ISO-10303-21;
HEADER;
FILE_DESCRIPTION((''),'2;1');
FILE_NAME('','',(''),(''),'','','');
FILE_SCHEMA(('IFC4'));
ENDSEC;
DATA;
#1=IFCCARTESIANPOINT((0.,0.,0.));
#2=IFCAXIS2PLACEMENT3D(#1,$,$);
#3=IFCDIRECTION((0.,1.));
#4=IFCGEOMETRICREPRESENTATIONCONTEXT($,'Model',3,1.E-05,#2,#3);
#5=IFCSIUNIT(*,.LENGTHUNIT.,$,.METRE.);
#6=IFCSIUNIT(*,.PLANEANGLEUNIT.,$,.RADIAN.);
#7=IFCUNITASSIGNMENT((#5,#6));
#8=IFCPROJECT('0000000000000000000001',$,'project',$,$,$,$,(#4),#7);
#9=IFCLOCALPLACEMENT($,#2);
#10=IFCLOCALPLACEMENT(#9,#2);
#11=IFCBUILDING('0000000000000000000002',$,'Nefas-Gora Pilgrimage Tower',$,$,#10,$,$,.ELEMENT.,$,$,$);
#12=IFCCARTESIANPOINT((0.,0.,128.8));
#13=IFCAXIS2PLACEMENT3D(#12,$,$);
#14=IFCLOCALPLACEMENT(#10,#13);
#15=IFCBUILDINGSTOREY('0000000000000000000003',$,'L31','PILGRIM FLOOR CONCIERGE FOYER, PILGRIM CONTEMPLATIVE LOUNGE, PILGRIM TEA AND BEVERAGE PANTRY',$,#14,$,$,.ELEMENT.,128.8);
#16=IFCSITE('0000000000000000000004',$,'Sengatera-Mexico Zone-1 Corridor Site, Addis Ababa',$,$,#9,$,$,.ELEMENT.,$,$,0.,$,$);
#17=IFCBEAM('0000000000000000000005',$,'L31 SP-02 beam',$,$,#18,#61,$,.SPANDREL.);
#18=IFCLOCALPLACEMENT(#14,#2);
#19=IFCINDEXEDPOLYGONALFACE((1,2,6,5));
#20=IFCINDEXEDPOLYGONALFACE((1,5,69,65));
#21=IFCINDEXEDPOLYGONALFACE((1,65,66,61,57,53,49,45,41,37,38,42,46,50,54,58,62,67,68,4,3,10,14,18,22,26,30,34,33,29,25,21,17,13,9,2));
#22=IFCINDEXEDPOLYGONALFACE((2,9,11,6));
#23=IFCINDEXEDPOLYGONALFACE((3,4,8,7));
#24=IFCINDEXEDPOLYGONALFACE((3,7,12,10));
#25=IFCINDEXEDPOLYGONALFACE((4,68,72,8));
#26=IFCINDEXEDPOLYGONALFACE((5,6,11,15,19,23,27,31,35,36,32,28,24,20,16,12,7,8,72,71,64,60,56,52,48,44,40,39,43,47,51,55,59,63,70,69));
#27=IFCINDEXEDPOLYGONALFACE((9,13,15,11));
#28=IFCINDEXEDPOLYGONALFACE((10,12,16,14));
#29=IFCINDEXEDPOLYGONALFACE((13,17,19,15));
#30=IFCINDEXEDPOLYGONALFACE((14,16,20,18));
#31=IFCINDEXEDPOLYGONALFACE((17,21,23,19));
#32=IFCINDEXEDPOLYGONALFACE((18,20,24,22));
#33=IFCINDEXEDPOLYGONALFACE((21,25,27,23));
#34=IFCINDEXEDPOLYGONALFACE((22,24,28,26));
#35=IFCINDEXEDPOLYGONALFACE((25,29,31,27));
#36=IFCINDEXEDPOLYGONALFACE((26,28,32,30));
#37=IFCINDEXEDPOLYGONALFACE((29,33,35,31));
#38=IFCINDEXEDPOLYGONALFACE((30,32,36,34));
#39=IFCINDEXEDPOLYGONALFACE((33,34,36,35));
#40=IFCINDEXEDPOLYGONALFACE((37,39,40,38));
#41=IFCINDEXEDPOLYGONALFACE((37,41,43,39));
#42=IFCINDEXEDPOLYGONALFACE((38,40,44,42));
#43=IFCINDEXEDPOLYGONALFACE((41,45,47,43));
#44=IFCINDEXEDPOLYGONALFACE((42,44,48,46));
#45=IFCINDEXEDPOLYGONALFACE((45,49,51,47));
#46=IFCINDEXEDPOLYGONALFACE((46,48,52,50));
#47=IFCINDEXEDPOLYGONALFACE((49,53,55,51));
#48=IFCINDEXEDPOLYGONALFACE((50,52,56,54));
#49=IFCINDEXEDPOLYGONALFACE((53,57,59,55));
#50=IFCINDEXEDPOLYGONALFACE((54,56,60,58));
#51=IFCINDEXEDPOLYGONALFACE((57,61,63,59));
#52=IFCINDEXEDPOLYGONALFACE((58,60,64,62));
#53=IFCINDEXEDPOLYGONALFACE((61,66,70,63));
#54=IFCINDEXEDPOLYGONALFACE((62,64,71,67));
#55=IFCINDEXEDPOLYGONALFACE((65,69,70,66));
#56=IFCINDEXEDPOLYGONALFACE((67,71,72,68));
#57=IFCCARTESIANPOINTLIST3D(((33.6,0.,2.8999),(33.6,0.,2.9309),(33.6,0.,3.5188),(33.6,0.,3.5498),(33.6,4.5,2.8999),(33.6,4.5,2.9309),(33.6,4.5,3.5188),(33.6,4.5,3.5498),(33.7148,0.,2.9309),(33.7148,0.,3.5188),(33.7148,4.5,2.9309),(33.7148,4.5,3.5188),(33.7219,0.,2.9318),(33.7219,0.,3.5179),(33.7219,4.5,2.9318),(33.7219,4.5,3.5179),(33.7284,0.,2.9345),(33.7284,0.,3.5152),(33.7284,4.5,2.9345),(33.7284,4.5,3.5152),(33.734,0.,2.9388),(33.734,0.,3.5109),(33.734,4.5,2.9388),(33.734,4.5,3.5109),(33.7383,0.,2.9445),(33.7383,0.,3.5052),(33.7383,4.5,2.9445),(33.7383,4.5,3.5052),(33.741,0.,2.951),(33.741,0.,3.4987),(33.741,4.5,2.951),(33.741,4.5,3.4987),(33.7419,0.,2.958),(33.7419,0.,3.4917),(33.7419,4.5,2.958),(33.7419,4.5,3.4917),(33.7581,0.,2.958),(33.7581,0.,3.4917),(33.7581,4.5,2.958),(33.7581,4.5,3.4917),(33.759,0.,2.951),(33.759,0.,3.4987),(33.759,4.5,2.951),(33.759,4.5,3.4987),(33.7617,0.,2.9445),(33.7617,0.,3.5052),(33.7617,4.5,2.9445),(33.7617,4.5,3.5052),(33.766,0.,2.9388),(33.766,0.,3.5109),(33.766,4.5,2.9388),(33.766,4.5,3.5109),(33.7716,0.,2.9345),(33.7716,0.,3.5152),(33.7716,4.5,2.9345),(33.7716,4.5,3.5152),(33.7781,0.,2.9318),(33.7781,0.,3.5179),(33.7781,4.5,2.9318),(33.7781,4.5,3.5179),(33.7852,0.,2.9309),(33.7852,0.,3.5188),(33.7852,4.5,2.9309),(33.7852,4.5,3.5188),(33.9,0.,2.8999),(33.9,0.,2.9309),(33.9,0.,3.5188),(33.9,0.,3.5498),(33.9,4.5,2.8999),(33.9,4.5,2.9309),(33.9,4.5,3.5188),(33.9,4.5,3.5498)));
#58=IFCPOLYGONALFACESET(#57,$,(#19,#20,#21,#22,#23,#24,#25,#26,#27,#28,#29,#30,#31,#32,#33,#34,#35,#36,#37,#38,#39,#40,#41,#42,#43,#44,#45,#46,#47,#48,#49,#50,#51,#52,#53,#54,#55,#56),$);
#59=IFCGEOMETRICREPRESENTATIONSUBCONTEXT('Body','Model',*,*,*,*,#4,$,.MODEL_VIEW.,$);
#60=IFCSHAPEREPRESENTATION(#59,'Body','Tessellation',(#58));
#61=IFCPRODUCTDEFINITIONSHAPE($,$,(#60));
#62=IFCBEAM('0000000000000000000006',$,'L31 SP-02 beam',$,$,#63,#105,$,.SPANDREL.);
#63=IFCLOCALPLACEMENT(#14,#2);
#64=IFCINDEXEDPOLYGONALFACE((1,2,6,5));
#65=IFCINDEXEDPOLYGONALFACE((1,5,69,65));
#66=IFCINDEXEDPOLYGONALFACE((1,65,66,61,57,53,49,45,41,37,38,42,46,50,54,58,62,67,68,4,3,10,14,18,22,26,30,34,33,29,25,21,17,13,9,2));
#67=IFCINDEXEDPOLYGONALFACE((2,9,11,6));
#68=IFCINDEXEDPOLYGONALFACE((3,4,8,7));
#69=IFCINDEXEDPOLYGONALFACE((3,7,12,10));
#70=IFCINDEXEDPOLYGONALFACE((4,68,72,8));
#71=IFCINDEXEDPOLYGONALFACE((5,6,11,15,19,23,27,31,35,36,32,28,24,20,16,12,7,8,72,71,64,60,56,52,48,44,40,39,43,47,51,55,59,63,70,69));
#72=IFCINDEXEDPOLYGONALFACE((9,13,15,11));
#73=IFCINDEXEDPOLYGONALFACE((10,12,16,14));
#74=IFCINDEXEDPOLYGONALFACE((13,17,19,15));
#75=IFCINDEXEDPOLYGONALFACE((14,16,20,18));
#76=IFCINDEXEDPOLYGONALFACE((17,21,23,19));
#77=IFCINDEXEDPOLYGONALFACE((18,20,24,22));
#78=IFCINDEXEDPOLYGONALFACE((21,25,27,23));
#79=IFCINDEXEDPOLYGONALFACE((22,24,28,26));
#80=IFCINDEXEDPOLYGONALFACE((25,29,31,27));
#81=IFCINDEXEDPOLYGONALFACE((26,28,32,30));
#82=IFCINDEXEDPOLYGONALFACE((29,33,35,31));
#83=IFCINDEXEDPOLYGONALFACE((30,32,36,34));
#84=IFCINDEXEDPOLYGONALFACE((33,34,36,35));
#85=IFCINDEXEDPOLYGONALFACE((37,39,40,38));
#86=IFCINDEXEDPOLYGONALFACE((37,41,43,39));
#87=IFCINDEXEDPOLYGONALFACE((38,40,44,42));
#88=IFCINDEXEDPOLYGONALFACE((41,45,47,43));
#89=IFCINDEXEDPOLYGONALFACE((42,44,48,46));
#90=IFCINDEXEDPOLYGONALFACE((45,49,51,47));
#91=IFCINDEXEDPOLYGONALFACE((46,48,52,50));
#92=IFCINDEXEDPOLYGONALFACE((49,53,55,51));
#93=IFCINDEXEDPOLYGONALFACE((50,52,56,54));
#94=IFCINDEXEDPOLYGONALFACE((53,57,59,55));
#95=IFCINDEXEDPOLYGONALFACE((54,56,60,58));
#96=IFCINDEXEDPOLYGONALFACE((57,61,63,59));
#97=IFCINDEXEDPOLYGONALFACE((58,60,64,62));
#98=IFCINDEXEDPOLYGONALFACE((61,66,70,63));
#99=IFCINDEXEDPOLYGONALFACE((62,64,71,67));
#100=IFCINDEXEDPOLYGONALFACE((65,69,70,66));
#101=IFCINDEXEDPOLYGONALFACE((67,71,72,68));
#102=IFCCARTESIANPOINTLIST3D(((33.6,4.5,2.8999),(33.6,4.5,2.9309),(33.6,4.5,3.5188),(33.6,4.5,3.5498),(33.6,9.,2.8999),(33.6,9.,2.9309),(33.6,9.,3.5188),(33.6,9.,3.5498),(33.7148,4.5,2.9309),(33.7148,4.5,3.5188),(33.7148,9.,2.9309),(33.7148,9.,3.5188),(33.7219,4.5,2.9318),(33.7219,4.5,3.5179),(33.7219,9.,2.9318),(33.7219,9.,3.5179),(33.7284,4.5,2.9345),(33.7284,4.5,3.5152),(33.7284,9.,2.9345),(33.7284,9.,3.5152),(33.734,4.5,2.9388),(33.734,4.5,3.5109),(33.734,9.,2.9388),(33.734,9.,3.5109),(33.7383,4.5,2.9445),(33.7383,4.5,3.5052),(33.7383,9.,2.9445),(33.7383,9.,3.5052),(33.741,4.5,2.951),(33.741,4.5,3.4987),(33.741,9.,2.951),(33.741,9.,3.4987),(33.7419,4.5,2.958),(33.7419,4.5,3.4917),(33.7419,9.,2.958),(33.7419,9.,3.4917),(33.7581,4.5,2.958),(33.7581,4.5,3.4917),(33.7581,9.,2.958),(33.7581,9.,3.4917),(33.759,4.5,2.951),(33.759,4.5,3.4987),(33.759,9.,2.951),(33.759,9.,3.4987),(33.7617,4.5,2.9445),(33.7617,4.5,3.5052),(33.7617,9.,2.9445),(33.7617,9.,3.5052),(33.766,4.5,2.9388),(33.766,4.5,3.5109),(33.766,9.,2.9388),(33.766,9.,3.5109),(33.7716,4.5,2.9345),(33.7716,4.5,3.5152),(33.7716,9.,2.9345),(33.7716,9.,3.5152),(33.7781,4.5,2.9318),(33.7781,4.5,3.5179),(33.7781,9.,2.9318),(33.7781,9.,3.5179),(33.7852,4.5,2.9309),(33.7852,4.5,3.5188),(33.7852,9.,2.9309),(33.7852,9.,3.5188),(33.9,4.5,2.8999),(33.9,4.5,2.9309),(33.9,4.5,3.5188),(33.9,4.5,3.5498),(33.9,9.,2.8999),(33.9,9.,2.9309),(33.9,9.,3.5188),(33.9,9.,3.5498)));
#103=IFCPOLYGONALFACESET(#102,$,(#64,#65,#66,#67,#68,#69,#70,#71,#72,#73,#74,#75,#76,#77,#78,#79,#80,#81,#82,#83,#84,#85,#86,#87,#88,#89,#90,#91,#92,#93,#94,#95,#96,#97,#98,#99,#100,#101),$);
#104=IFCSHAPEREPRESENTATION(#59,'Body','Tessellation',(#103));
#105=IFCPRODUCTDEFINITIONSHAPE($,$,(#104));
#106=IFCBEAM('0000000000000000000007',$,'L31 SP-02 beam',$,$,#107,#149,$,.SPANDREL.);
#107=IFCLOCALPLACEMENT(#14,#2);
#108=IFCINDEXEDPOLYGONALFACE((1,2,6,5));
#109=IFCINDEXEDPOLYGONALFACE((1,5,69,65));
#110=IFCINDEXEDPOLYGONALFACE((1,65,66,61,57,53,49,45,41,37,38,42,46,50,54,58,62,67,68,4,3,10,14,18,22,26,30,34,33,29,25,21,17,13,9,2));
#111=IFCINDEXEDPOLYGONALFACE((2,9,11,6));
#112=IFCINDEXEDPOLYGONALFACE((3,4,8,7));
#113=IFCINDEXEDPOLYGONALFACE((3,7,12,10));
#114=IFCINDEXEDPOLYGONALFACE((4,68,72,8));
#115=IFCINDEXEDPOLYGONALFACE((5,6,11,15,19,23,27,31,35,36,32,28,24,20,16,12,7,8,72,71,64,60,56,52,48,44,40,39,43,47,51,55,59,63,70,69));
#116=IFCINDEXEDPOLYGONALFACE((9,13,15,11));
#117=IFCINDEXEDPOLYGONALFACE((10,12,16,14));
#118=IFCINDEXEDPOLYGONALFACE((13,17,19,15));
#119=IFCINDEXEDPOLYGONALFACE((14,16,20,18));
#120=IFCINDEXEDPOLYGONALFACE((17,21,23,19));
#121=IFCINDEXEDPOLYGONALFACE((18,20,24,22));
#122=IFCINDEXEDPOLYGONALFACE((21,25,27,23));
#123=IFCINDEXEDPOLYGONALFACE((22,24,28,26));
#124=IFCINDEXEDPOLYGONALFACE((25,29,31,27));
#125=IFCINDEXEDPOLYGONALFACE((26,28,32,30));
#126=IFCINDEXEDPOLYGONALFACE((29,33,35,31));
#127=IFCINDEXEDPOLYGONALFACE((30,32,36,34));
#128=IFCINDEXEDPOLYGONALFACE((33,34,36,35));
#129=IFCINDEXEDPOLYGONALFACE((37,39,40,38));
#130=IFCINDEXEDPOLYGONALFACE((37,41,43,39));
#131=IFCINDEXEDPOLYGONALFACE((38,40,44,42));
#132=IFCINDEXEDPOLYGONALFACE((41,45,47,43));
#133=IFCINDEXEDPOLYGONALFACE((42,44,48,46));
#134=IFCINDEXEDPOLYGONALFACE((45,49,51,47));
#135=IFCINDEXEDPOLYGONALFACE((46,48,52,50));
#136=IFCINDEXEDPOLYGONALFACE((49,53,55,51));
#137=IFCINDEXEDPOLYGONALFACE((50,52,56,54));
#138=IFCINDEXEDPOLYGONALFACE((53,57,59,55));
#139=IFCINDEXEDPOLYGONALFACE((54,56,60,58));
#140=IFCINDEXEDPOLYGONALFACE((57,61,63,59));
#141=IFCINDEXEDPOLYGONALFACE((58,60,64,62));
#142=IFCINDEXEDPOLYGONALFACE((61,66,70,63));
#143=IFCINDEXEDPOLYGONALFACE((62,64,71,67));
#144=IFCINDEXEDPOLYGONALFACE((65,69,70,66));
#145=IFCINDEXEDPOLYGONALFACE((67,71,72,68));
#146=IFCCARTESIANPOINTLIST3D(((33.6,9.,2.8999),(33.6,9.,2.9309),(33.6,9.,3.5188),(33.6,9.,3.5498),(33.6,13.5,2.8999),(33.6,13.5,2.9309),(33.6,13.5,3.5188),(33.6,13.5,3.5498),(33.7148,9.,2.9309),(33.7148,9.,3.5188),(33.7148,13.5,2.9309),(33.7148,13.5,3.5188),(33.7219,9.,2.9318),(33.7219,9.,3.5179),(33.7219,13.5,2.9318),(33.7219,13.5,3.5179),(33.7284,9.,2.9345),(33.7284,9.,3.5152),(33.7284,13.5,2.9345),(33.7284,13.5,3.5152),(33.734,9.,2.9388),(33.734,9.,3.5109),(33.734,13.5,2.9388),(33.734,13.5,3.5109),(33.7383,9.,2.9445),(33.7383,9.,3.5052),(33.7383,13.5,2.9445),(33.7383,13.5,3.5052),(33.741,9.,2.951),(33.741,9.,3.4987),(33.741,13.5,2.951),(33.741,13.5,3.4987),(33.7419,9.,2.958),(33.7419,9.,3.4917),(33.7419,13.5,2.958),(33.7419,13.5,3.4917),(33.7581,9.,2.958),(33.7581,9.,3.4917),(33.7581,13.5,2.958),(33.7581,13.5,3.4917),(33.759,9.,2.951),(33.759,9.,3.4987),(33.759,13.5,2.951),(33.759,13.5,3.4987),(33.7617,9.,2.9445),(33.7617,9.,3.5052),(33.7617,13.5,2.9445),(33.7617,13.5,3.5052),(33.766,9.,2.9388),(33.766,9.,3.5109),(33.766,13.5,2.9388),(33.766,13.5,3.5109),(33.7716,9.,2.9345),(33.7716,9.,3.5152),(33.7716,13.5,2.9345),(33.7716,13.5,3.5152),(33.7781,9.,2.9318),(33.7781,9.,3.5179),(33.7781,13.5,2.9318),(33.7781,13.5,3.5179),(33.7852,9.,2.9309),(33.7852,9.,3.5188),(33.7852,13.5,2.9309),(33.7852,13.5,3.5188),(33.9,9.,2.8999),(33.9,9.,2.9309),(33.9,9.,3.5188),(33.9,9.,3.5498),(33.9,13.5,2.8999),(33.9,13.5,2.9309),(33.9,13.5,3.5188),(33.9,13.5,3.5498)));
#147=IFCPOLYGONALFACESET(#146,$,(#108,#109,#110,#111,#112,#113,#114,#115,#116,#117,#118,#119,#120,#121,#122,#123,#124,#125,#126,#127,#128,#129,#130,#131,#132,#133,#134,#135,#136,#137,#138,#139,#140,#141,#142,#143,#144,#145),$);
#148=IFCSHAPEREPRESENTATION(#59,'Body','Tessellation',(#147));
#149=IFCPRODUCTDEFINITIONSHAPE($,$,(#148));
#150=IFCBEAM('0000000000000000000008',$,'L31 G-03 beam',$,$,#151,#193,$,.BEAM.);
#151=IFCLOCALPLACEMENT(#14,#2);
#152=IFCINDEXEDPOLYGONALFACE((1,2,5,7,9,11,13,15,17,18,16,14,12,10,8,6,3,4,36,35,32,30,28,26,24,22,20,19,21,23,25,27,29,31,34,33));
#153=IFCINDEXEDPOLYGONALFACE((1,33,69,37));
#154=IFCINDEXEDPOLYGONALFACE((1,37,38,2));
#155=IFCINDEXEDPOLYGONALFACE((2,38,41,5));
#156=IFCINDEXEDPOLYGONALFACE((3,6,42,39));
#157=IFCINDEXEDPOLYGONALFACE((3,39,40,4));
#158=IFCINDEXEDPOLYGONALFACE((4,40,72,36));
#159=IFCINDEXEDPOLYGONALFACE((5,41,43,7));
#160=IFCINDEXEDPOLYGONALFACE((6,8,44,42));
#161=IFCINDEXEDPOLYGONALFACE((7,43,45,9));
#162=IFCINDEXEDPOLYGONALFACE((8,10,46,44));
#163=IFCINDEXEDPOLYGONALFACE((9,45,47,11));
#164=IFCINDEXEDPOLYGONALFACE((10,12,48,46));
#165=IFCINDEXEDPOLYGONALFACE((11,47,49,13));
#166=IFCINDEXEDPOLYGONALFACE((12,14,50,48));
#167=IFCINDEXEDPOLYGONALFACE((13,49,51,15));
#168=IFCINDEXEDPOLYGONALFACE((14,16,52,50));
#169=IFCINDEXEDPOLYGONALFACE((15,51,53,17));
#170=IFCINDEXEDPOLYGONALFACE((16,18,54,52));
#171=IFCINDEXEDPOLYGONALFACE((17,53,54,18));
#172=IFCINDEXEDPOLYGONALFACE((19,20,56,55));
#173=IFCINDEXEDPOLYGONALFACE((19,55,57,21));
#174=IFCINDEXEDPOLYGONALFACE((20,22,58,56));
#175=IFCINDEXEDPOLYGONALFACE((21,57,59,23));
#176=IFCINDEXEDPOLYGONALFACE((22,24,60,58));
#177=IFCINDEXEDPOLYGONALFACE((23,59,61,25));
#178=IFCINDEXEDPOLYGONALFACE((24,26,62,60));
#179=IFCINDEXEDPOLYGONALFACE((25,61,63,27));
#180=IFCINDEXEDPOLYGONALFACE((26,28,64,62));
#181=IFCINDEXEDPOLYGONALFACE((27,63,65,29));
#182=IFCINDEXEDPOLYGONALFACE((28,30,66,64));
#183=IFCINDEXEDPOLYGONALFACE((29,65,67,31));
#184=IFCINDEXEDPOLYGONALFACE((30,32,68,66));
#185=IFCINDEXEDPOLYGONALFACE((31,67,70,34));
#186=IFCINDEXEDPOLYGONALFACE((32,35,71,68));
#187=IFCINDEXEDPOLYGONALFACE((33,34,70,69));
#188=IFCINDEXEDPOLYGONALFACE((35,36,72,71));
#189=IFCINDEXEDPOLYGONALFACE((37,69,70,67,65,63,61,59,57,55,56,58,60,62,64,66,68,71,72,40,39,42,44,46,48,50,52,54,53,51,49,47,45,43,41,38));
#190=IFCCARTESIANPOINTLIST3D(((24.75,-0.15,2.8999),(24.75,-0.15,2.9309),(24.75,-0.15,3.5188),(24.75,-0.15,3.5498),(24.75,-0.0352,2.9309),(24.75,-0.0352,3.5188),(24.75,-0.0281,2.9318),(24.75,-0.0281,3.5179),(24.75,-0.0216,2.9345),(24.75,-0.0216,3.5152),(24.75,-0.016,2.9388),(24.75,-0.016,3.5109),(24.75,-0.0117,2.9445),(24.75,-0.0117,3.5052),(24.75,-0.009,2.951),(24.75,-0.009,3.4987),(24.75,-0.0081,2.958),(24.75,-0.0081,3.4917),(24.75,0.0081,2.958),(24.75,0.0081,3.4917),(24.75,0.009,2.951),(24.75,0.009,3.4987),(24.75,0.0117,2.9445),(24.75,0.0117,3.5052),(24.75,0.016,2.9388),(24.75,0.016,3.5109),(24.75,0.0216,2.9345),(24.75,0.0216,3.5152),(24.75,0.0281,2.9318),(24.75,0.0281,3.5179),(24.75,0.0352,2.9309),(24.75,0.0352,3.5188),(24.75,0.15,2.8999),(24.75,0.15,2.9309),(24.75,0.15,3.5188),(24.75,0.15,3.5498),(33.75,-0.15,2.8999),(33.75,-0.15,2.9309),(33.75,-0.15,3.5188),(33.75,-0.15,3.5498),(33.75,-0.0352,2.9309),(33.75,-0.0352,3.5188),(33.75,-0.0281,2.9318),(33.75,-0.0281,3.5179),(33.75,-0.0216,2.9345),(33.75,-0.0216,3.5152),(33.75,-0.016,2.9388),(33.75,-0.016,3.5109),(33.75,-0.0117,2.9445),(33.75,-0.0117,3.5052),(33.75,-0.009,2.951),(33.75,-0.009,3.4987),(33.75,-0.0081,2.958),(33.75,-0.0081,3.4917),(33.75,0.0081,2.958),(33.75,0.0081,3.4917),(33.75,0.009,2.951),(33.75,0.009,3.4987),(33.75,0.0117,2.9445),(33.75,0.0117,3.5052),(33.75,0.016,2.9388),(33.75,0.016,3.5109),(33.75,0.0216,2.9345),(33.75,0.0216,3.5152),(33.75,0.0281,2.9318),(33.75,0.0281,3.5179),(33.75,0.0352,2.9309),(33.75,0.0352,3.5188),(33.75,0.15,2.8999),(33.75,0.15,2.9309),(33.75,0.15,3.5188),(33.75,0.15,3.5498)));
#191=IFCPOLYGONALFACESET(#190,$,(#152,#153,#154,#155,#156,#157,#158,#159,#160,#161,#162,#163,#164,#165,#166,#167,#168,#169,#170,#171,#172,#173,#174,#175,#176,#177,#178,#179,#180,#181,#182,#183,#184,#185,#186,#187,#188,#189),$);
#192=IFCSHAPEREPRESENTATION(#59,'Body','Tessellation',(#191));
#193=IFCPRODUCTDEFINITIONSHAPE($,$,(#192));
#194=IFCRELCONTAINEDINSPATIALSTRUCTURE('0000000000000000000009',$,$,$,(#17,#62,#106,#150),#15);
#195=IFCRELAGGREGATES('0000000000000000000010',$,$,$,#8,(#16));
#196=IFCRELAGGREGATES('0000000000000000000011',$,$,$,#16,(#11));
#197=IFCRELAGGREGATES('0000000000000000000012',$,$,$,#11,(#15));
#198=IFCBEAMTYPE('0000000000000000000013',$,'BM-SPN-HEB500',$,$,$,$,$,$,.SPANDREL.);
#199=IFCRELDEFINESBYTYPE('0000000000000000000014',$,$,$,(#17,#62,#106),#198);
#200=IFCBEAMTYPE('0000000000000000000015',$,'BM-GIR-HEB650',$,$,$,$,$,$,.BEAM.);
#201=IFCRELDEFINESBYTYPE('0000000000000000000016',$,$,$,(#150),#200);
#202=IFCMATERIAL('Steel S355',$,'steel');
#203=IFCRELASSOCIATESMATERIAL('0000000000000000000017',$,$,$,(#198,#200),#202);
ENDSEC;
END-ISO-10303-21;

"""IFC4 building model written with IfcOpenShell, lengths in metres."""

from ifc_helpers import new_model, si_unit, direction, frame, origin, origin_2d, place, context, subcontext, project, spatial, i_section, extrude, source, transform, mapped, material, material_profile, profile_set, type_object, element, save


model = new_model("IFC4")

# Units and contexts
model_context = context("Model", 3, precision=1e-05, world=origin(), true_north=direction((0.0, 1.0)))
body_context = subcontext(model_context, "Body", "Model", "MODEL_VIEW")
ifc_project = project(units=[si_unit("LENGTHUNIT", "METRE"), si_unit("PLANEANGLEUNIT", "RADIAN")], contexts=[model_context])

# Site, building, storey
site_placement = place(None, origin())
site = spatial("IfcSite", under=ifc_project, at=site_placement, Name="Sengatera-Mexico Zone-1 Corridor Site, Addis Ababa", CompositionType="ELEMENT", RefElevation=0.0)
building_placement = place(site_placement, origin())
building = spatial("IfcBuilding", under=site, at=building_placement, Name="Nefas-Gora Pilgrimage Tower", CompositionType="ELEMENT")
storey_placement = place(building_placement, frame((0.0, 0.0, 128.8)))
storey = spatial("IfcBuildingStorey", under=building, at=storey_placement, Name="L31", Description="PILGRIM FLOOR CONCIERGE FOYER, PILGRIM CONTEMPLATIVE LOUNGE, PILGRIM TEA AND BEVERAGE PANTRY", CompositionType="ELEMENT", Elevation=128.8)

# Beams
ifc_material_1 = material(Name="Steel S355", Category="steel")
ifc_material_profile_1 = material_profile(ifc_material_1, i_section(OverallWidth=0.3, OverallDepth=0.6499, WebThickness=0.0161, FlangeThickness=0.031, FilletRadius=0.0271, at=origin_2d()), Name="HEB 650")
ifc_profile_set_1 = profile_set([ifc_material_profile_1], Name="Steel S355")
beam_type_1 = type_object("IfcBeamType", Name="BM-SPN-HEB500", PredefinedType="SPANDREL", material=ifc_profile_set_1)
shared_shape_1 = source(origin(), body_context, "Body", "SweptSolid", [
    extrude(i_section(OverallWidth=0.3, OverallDepth=0.6499, WebThickness=0.0161, FlangeThickness=0.031, FilletRadius=0.0271, at=origin_2d()), origin(), (0.0, 0.0, 1.0), 4.5),
])
for number, where, z_axis, x_axis, name in (
    (1, (33.75, 0.0, 3.2249), (0.0, 1.0, 0.0), (-1.0, 0.0, 0.0), "L31 SP-02 beam"),
    (2, (33.75, 4.5, 3.2249), (0.0, 1.0, 0.0), (-1.0, 0.0, 0.0), "L31 SP-02 beam"),
    (3, (33.75, 9.0, 3.2249), (0.0, 1.0, 0.0), (-1.0, 0.0, 0.0), "L31 SP-02 beam"),
):
    element("IfcBeam", number, at=place(storey_placement, frame(where, z_axis=z_axis, x_axis=x_axis)), inside=storey, type_object=beam_type_1, Name=name, PredefinedType="SPANDREL", context=body_context, shape_type="MappedRepresentation", body=[
        mapped(shared_shape_1, transform((0.0, 0.0, 0.0), x_axis=(1.0, 0.0, 0.0), y_axis=(0.0, 1.0, 0.0), z_axis=(0.0, 0.0, 1.0), scale=1.0)),
    ])
ifc_material_profile_2 = material_profile(ifc_material_1, i_section(OverallWidth=0.3, OverallDepth=0.6499, WebThickness=0.0161, FlangeThickness=0.031, FilletRadius=0.0271, at=origin_2d()), Name="HEB 650")
ifc_profile_set_2 = profile_set([ifc_material_profile_2], Name="Steel S355")
beam_type_2 = type_object("IfcBeamType", Name="BM-GIR-HEB650", PredefinedType="BEAM", material=ifc_profile_set_2)
shared_shape_2 = source(origin(), body_context, "Body", "SweptSolid", [
    extrude(i_section(OverallWidth=0.3, OverallDepth=0.6499, WebThickness=0.0161, FlangeThickness=0.031, FilletRadius=0.0271, at=origin_2d()), origin(), (0.0, 0.0, 1.0), 9.0),
])
for number, where, z_axis, x_axis, name in (
    (4, (24.75, 0.0, 3.2249), (1.0, 0.0, 0.0), (0.0, 1.0, 0.0), "L31 G-03 beam"),
):
    element("IfcBeam", number, at=place(storey_placement, frame(where, z_axis=z_axis, x_axis=x_axis)), inside=storey, type_object=beam_type_2, Name=name, PredefinedType="BEAM", context=body_context, shape_type="MappedRepresentation", body=[
        mapped(shared_shape_2, transform((0.0, 0.0, 0.0), x_axis=(1.0, 0.0, 0.0), y_axis=(0.0, 1.0, 0.0), z_axis=(0.0, 0.0, 1.0), scale=1.0)),
    ])

save(model, "model.ifc")
